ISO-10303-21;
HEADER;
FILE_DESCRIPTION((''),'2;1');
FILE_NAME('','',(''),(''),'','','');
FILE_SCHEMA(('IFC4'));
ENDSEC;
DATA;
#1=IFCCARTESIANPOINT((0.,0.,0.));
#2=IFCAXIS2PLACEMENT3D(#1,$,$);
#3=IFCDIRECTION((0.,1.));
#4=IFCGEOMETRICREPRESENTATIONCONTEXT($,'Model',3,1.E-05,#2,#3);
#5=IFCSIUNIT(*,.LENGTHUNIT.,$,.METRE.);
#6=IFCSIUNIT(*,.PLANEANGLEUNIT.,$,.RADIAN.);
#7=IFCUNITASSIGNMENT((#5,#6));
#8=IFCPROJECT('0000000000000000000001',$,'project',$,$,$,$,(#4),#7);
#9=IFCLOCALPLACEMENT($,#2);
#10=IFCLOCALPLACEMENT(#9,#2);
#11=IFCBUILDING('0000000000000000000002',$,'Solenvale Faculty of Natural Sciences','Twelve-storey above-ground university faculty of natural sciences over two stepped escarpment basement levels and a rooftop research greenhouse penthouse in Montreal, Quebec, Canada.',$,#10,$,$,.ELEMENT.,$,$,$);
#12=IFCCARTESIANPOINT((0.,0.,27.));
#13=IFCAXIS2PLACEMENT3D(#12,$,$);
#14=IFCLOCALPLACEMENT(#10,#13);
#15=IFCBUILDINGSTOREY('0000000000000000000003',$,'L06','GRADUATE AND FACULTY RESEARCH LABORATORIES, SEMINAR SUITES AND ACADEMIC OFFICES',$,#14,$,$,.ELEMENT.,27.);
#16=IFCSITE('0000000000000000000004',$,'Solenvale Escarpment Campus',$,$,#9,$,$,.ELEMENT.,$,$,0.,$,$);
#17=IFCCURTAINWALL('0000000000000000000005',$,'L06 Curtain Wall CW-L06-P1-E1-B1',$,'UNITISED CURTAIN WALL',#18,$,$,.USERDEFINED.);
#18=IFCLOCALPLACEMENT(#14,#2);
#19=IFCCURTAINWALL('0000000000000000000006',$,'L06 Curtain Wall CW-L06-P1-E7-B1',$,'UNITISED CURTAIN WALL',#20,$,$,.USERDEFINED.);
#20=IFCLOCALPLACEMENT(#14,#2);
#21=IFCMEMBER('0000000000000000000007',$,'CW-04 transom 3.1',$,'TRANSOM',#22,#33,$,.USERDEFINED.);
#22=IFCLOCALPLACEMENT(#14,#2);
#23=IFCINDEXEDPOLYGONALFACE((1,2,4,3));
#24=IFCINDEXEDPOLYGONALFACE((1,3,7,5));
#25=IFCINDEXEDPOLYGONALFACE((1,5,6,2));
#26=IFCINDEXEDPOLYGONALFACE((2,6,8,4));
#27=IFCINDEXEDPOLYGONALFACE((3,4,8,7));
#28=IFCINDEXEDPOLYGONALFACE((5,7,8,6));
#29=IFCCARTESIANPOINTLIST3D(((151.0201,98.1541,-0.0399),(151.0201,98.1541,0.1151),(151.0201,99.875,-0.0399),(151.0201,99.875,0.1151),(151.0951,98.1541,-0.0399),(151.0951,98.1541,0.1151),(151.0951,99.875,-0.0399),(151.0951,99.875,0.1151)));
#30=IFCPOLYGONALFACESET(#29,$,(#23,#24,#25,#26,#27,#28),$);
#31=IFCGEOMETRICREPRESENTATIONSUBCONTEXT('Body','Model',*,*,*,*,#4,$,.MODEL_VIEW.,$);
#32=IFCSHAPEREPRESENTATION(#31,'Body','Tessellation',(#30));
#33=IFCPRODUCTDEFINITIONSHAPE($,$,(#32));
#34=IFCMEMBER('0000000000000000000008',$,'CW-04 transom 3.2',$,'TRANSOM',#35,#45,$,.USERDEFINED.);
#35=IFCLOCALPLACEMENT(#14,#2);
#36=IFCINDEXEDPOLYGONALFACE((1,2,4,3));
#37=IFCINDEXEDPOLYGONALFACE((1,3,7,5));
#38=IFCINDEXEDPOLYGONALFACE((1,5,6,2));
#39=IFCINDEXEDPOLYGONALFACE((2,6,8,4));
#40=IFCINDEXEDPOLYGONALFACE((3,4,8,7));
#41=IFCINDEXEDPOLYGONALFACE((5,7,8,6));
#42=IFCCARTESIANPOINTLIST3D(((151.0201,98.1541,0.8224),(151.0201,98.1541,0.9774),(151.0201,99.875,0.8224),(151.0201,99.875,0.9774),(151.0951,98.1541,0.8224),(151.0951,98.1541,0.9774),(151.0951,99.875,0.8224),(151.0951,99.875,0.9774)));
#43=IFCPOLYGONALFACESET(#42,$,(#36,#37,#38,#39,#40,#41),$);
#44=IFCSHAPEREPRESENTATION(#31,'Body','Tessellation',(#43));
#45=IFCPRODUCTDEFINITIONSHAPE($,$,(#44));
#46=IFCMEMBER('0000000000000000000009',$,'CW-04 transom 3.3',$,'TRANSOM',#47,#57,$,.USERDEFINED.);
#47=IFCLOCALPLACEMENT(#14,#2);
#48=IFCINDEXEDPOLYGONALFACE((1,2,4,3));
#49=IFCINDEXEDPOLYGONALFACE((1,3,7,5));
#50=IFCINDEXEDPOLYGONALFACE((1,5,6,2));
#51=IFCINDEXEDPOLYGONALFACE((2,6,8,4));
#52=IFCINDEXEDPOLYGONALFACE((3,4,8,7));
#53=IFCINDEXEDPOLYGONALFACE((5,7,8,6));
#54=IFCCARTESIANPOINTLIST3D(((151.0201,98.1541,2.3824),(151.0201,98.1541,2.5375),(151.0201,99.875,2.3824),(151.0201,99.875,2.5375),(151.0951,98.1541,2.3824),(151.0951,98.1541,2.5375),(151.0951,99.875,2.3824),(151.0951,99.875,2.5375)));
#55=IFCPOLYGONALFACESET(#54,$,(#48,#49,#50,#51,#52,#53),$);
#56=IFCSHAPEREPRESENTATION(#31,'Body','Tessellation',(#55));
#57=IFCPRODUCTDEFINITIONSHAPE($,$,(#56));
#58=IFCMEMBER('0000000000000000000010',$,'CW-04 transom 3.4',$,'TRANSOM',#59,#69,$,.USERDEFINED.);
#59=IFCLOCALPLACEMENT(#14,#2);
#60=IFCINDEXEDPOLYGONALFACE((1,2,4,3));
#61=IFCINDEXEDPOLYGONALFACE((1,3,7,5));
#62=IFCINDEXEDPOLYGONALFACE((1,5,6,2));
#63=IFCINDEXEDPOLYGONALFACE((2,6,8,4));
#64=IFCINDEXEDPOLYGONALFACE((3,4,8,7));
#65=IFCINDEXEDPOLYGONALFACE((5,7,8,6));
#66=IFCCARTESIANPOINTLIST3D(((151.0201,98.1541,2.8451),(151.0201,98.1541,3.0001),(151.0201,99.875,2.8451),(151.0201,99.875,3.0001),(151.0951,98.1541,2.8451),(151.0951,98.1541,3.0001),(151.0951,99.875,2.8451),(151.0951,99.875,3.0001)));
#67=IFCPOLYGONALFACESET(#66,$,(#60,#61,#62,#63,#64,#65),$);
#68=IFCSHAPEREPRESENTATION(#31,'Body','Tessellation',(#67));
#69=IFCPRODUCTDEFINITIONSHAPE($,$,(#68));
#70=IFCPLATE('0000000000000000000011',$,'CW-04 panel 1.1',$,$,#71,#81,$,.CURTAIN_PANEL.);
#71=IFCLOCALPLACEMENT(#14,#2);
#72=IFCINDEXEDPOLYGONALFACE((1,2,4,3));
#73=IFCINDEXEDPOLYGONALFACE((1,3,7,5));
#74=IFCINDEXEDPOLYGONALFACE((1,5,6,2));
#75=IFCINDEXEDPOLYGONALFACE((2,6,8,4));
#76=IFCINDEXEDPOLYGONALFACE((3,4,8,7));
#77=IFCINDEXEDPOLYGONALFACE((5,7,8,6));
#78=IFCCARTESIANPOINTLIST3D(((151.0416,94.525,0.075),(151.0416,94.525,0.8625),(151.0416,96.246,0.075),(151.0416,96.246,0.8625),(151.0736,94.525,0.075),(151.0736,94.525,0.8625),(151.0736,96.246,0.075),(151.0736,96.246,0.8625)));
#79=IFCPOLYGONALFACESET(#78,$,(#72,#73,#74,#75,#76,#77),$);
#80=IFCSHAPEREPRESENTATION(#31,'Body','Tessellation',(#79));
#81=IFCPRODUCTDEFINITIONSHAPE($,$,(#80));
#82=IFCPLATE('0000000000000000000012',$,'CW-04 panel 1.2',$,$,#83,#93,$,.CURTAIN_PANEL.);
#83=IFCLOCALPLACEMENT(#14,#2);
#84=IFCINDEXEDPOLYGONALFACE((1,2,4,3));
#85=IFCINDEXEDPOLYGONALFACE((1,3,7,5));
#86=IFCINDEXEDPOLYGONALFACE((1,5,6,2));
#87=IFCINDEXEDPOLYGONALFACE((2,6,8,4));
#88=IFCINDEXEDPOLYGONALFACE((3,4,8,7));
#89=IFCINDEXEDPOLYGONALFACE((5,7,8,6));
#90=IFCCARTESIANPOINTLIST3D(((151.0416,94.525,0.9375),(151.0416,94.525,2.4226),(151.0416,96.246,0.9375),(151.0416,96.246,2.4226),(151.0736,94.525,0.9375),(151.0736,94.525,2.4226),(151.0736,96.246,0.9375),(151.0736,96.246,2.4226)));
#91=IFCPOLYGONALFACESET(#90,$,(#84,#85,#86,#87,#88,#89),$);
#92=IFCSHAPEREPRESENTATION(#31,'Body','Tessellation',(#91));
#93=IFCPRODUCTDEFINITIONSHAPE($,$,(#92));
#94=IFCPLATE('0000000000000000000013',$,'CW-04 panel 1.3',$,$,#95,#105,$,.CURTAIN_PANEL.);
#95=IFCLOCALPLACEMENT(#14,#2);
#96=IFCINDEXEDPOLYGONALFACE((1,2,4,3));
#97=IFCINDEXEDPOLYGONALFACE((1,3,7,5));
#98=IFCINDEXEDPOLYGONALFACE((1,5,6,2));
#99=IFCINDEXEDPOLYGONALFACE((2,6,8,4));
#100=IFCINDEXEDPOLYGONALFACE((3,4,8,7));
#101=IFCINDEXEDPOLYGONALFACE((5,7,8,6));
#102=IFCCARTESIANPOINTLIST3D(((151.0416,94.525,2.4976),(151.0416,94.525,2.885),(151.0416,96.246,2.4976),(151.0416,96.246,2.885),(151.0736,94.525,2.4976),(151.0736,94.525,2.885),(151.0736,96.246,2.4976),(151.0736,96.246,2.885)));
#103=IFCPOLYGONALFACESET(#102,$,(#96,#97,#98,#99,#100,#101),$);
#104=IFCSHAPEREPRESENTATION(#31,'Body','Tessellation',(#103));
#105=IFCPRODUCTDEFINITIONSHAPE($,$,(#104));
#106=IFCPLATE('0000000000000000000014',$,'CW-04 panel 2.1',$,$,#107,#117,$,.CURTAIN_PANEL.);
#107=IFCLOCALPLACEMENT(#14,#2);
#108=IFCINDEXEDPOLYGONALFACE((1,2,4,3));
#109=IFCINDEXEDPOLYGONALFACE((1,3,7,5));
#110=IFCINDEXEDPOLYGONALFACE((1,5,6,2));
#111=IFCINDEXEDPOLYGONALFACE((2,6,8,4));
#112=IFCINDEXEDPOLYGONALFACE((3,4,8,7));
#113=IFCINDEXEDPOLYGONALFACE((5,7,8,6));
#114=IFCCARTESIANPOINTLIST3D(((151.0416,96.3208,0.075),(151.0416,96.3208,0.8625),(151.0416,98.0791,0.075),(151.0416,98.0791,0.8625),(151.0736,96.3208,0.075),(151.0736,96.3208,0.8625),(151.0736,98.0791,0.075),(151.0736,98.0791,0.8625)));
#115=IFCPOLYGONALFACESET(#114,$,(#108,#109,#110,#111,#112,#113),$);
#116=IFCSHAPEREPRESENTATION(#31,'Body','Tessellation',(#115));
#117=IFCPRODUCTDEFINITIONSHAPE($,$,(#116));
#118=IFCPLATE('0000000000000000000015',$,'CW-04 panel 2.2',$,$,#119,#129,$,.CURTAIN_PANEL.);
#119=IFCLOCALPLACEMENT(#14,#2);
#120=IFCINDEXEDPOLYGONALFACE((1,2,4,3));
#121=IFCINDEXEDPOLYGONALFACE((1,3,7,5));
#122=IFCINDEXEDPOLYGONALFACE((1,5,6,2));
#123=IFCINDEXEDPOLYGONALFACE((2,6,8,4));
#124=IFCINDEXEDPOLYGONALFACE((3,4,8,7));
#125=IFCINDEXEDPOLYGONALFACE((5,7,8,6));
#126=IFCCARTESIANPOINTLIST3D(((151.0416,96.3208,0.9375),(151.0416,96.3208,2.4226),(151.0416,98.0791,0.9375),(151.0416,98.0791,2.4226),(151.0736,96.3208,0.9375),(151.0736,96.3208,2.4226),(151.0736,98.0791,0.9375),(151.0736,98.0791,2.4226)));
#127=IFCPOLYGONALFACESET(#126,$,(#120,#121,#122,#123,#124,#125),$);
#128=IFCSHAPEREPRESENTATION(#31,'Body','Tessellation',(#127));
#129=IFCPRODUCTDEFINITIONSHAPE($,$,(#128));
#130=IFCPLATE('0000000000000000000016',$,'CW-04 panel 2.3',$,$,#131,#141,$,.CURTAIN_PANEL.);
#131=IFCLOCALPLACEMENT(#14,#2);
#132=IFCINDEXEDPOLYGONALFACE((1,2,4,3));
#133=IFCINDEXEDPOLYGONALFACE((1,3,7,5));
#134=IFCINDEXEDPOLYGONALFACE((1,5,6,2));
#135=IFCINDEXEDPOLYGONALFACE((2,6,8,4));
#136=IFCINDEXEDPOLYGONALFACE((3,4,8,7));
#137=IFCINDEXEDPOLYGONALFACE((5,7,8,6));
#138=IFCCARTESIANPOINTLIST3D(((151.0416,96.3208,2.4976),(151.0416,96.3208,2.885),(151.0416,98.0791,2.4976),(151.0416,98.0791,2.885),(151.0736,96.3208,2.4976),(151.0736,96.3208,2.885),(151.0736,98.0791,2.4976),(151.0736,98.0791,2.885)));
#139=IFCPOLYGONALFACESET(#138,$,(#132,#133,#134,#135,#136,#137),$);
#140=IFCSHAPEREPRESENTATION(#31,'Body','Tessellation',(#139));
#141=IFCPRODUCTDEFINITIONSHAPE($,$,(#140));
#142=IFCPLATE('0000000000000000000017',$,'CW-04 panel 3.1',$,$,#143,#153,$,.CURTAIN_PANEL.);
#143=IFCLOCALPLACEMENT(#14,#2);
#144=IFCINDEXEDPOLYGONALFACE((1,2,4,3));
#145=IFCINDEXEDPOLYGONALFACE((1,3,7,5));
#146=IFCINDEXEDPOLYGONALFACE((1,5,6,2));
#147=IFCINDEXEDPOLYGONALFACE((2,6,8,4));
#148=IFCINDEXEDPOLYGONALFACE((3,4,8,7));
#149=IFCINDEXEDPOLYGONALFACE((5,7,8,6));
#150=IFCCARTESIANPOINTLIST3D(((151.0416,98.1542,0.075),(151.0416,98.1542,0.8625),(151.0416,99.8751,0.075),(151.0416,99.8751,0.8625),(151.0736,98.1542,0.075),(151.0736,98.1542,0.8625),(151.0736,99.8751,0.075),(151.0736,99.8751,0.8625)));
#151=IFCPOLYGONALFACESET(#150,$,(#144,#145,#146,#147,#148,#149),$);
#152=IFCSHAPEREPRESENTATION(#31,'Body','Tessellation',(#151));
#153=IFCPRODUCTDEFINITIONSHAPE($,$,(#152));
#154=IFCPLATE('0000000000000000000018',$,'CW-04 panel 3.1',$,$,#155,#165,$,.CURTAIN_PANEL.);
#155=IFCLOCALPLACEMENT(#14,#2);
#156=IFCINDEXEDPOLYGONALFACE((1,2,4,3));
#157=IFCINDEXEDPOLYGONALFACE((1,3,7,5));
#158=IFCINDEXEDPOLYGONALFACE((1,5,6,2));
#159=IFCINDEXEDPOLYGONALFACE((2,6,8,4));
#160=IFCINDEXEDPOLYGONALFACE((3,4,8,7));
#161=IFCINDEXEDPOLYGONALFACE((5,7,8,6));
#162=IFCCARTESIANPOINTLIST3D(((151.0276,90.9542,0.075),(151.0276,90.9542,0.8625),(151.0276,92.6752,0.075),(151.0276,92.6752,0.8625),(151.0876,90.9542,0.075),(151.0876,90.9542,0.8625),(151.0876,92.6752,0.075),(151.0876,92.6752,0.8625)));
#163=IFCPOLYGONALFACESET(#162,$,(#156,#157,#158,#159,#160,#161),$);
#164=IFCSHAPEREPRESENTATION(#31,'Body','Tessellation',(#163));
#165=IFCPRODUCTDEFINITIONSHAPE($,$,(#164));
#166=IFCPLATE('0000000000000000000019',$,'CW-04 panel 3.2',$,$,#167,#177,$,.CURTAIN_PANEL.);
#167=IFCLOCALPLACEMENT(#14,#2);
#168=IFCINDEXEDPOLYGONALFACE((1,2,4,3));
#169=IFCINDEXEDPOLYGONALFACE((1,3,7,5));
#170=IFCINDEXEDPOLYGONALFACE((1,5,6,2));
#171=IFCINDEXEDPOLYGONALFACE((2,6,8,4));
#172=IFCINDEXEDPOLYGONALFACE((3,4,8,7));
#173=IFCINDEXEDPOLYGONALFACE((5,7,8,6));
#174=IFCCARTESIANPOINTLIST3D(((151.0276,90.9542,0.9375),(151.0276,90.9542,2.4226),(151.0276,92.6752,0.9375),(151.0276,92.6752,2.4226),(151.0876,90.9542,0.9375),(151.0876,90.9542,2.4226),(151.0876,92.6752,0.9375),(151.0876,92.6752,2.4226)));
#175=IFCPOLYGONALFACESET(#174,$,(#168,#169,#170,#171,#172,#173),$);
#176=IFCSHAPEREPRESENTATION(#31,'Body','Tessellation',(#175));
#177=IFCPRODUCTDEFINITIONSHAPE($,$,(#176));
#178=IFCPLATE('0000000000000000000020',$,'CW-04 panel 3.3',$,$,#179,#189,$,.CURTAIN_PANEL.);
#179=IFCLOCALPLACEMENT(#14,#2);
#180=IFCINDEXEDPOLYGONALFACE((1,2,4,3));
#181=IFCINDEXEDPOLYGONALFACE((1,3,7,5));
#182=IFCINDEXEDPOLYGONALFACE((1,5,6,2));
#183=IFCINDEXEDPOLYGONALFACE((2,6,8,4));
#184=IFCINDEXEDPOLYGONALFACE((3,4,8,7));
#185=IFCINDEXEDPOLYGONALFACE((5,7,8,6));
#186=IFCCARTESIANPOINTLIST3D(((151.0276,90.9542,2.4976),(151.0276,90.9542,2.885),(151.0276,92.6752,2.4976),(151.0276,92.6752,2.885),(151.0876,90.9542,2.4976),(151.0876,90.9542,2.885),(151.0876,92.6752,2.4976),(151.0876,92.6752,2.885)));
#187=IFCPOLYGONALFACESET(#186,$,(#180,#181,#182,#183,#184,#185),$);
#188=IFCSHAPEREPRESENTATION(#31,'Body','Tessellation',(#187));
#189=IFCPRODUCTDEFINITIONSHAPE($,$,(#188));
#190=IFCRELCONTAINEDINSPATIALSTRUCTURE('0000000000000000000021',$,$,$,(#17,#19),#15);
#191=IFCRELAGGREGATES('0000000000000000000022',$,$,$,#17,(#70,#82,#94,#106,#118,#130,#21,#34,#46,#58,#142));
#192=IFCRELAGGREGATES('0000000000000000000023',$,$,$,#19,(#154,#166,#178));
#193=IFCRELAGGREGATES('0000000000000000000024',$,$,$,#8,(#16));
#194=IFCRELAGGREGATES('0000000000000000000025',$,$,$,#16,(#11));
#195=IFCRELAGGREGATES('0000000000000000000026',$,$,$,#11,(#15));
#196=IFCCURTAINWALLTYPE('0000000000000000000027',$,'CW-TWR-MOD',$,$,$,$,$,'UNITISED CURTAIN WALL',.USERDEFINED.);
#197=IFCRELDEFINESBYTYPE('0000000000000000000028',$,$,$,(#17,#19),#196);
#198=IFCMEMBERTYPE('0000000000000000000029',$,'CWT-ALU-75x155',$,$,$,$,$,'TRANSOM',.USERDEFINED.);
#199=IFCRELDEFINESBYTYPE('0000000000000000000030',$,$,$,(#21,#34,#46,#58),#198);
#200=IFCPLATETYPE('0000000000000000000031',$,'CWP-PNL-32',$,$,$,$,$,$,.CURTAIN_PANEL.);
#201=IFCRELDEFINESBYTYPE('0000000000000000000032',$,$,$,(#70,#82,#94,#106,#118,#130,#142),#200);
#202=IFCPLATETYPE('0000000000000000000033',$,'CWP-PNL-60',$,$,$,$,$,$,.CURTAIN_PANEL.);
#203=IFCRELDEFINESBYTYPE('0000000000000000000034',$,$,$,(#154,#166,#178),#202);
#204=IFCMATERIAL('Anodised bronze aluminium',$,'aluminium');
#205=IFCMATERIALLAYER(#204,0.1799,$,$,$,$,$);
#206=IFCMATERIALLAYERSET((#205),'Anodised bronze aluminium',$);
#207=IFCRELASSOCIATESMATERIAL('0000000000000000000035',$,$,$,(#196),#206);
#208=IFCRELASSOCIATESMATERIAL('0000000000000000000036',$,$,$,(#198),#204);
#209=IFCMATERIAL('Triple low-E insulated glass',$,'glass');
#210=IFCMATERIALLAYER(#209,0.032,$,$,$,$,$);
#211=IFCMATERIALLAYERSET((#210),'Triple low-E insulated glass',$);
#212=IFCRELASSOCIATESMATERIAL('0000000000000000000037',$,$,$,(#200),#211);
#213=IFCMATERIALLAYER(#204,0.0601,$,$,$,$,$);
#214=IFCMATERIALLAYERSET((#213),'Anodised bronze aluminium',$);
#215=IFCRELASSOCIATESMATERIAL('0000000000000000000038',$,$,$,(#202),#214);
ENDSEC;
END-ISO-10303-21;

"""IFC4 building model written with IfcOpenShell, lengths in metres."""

from ifc_helpers import new_model, si_unit, direction, frame, origin, origin_2d, place, context, subcontext, project, spatial, rectangle, extrude, material, layer, layer_set, material_profile, profile_set, type_object, element, aggregate, save


model = new_model("IFC4")

# Units and contexts
model_context = context("Model", 3, precision=1e-05, world=origin(), true_north=direction((0.0, 1.0)))
body_context = subcontext(model_context, "Body", "Model", "MODEL_VIEW")
ifc_project = project(units=[si_unit("LENGTHUNIT", "METRE"), si_unit("PLANEANGLEUNIT", "RADIAN")], contexts=[model_context])

# Site, building, storey
site_placement = place(None, origin())
site = spatial("IfcSite", under=ifc_project, at=site_placement, Name="Solenvale Escarpment Campus", CompositionType="ELEMENT", RefElevation=0.0)
building_placement = place(site_placement, origin())
building = spatial("IfcBuilding", under=site, at=building_placement, Name="Solenvale Faculty of Natural Sciences", Description="Twelve-storey above-ground university faculty of natural sciences over two stepped escarpment basement levels and a rooftop research greenhouse penthouse in Montreal, Quebec, Canada.", CompositionType="ELEMENT")
storey_placement = place(building_placement, frame((0.0, 0.0, 27.0)))
storey = spatial("IfcBuildingStorey", under=building, at=storey_placement, Name="L06", Description="GRADUATE AND FACULTY RESEARCH LABORATORIES, SEMINAR SUITES AND ACADEMIC OFFICES", CompositionType="ELEMENT", Elevation=27.0)

# Curtain wall
ifc_material_1 = material(Name="Anodised bronze aluminium", Category="aluminium")
ifc_layer_1 = layer(ifc_material_1, 0.1799)
ifc_layer_set_1 = layer_set([ifc_layer_1], Name="Anodised bronze aluminium")
curtain_wall_type = type_object("IfcCurtainWallType", Name="CW-TWR-MOD", ElementType="UNITISED CURTAIN WALL", PredefinedType="USERDEFINED", material=ifc_layer_set_1)
curtain_wall_1_placement = place(storey_placement, origin())
curtain_wall_1 = element("IfcCurtainWall", 1, at=curtain_wall_1_placement, inside=storey, type_object=curtain_wall_type, Name="L06 Curtain Wall CW-L06-P1-E1-B1", ObjectType="UNITISED CURTAIN WALL", PredefinedType="USERDEFINED")

# Curtain wall
curtain_wall_2_placement = place(storey_placement, origin())
curtain_wall_2 = element("IfcCurtainWall", 2, at=curtain_wall_2_placement, inside=storey, type_object=curtain_wall_type, Name="L06 Curtain Wall CW-L06-P1-E7-B1", ObjectType="UNITISED CURTAIN WALL", PredefinedType="USERDEFINED")

# Members
ifc_material_profile_1 = material_profile(ifc_material_1, rectangle(XDim=0.075, YDim=0.155, at=origin_2d()), Name="ALU-TRN-75x155")
ifc_profile_set_1 = profile_set([ifc_material_profile_1], Name="Anodised bronze aluminium")
member_type_1 = type_object("IfcMemberType", Name="CWT-ALU-75x155", ElementType="TRANSOM", PredefinedType="USERDEFINED", material=ifc_profile_set_1)
member_1_placement = place(storey_placement, frame((151.0576, 98.1541, 0.0376), z_axis=(0.0, 1.0, 0.0), x_axis=(-1.0, 0.0, 0.0)))
member_1 = element("IfcMember", 3, at=member_1_placement, type_object=member_type_1, Name="CW-04 transom 3.1", ObjectType="TRANSOM", PredefinedType="USERDEFINED", context=body_context, shape_type="SweptSolid", body=[
    extrude(rectangle(XDim=0.075, YDim=0.155, at=origin_2d()), origin(), (0.0, 0.0, 1.0), 1.7209),
])
member_2_placement = place(storey_placement, frame((151.0576, 98.1541, 0.8999), z_axis=(0.0, 1.0, 0.0), x_axis=(-1.0, 0.0, 0.0)))
member_2 = element("IfcMember", 4, at=member_2_placement, type_object=member_type_1, Name="CW-04 transom 3.2", ObjectType="TRANSOM", PredefinedType="USERDEFINED", context=body_context, shape_type="SweptSolid", body=[
    extrude(rectangle(XDim=0.075, YDim=0.155, at=origin_2d()), origin(), (0.0, 0.0, 1.0), 1.7209),
])
member_3_placement = place(storey_placement, frame((151.0576, 98.1541, 2.46), z_axis=(0.0, 1.0, 0.0), x_axis=(-1.0, 0.0, 0.0)))
member_3 = element("IfcMember", 5, at=member_3_placement, type_object=member_type_1, Name="CW-04 transom 3.3", ObjectType="TRANSOM", PredefinedType="USERDEFINED", context=body_context, shape_type="SweptSolid", body=[
    extrude(rectangle(XDim=0.075, YDim=0.155, at=origin_2d()), origin(), (0.0, 0.0, 1.0), 1.7209),
])
member_4_placement = place(storey_placement, frame((151.0576, 98.1541, 2.9226), z_axis=(0.0, 1.0, 0.0), x_axis=(-1.0, 0.0, 0.0)))
member_4 = element("IfcMember", 6, at=member_4_placement, type_object=member_type_1, Name="CW-04 transom 3.4", ObjectType="TRANSOM", PredefinedType="USERDEFINED", context=body_context, shape_type="SweptSolid", body=[
    extrude(rectangle(XDim=0.075, YDim=0.155, at=origin_2d()), origin(), (0.0, 0.0, 1.0), 1.7209),
])

# Plates
ifc_material_2 = material(Name="Triple low-E insulated glass", Category="glass")
ifc_layer_2 = layer(ifc_material_2, 0.032)
ifc_layer_set_2 = layer_set([ifc_layer_2], Name="Triple low-E insulated glass")
plate_type_1 = type_object("IfcPlateType", Name="CWP-PNL-32", PredefinedType="CURTAIN_PANEL", material=ifc_layer_set_2)
plate_1_placement = place(storey_placement, frame((151.0576, 95.3855, 0.075), z_axis=(0.0, 0.0, 1.0), x_axis=(0.0, 1.0, 0.0)))
plate_1 = element("IfcPlate", 7, at=plate_1_placement, type_object=plate_type_1, Name="CW-04 panel 1.1", PredefinedType="CURTAIN_PANEL", context=body_context, shape_type="SweptSolid", body=[
    extrude(rectangle(XDim=1.7209, YDim=0.032, at=origin_2d()), origin(), (0.0, 0.0, 1.0), 0.7876),
])
plate_2_placement = place(storey_placement, frame((151.0576, 95.3855, 0.9375), z_axis=(0.0, 0.0, 1.0), x_axis=(0.0, 1.0, 0.0)))
plate_2 = element("IfcPlate", 8, at=plate_2_placement, type_object=plate_type_1, Name="CW-04 panel 1.2", PredefinedType="CURTAIN_PANEL", context=body_context, shape_type="SweptSolid", body=[
    extrude(rectangle(XDim=1.7209, YDim=0.032, at=origin_2d()), origin(), (0.0, 0.0, 1.0), 1.4851),
])
plate_3_placement = place(storey_placement, frame((151.0576, 95.3855, 2.4976), z_axis=(0.0, 0.0, 1.0), x_axis=(0.0, 1.0, 0.0)))
plate_3 = element("IfcPlate", 9, at=plate_3_placement, type_object=plate_type_1, Name="CW-04 panel 1.3", PredefinedType="CURTAIN_PANEL", context=body_context, shape_type="SweptSolid", body=[
    extrude(rectangle(XDim=1.7209, YDim=0.032, at=origin_2d()), origin(), (0.0, 0.0, 1.0), 0.3875),
])
plate_4_placement = place(storey_placement, frame((151.0576, 97.2, 0.075), z_axis=(0.0, 0.0, 1.0), x_axis=(0.0, 1.0, 0.0)))
plate_4 = element("IfcPlate", 10, at=plate_4_placement, type_object=plate_type_1, Name="CW-04 panel 2.1", PredefinedType="CURTAIN_PANEL", context=body_context, shape_type="SweptSolid", body=[
    extrude(rectangle(XDim=1.7583, YDim=0.032, at=origin_2d()), origin(), (0.0, 0.0, 1.0), 0.7876),
])
plate_5_placement = place(storey_placement, frame((151.0576, 97.2, 0.9375), z_axis=(0.0, 0.0, 1.0), x_axis=(0.0, 1.0, 0.0)))
plate_5 = element("IfcPlate", 11, at=plate_5_placement, type_object=plate_type_1, Name="CW-04 panel 2.2", PredefinedType="CURTAIN_PANEL", context=body_context, shape_type="SweptSolid", body=[
    extrude(rectangle(XDim=1.7583, YDim=0.032, at=origin_2d()), origin(), (0.0, 0.0, 1.0), 1.4851),
])
plate_6_placement = place(storey_placement, frame((151.0576, 97.2, 2.4976), z_axis=(0.0, 0.0, 1.0), x_axis=(0.0, 1.0, 0.0)))
plate_6 = element("IfcPlate", 12, at=plate_6_placement, type_object=plate_type_1, Name="CW-04 panel 2.3", PredefinedType="CURTAIN_PANEL", context=body_context, shape_type="SweptSolid", body=[
    extrude(rectangle(XDim=1.7583, YDim=0.032, at=origin_2d()), origin(), (0.0, 0.0, 1.0), 0.3875),
])
plate_7_placement = place(storey_placement, frame((151.0576, 99.0146, 0.075), z_axis=(0.0, 0.0, 1.0), x_axis=(0.0, 1.0, 0.0)))
plate_7 = element("IfcPlate", 13, at=plate_7_placement, type_object=plate_type_1, Name="CW-04 panel 3.1", PredefinedType="CURTAIN_PANEL", context=body_context, shape_type="SweptSolid", body=[
    extrude(rectangle(XDim=1.7209, YDim=0.032, at=origin_2d()), origin(), (0.0, 0.0, 1.0), 0.7876),
])
aggregate(curtain_wall_1, [plate_1, plate_2, plate_3, plate_4, plate_5, plate_6, member_1, member_2, member_3, member_4, plate_7])
ifc_layer_3 = layer(ifc_material_1, 0.0601)
ifc_layer_set_3 = layer_set([ifc_layer_3], Name="Anodised bronze aluminium")
plate_type_2 = type_object("IfcPlateType", Name="CWP-PNL-60", PredefinedType="CURTAIN_PANEL", material=ifc_layer_set_3)
plate_8_placement = place(storey_placement, frame((151.0576, 91.8147, 0.075), z_axis=(0.0, 0.0, 1.0), x_axis=(0.0, 1.0, 0.0)))
plate_8 = element("IfcPlate", 14, at=plate_8_placement, type_object=plate_type_2, Name="CW-04 panel 3.1", PredefinedType="CURTAIN_PANEL", context=body_context, shape_type="SweptSolid", body=[
    extrude(rectangle(XDim=1.7209, YDim=0.0601, at=origin_2d()), origin(), (0.0, 0.0, 1.0), 0.7876),
])
plate_9_placement = place(storey_placement, frame((151.0576, 91.8147, 0.9375), z_axis=(0.0, 0.0, 1.0), x_axis=(0.0, 1.0, 0.0)))
plate_9 = element("IfcPlate", 15, at=plate_9_placement, type_object=plate_type_2, Name="CW-04 panel 3.2", PredefinedType="CURTAIN_PANEL", context=body_context, shape_type="SweptSolid", body=[
    extrude(rectangle(XDim=1.7209, YDim=0.0601, at=origin_2d()), origin(), (0.0, 0.0, 1.0), 1.4851),
])
plate_10_placement = place(storey_placement, frame((151.0576, 91.8147, 2.4976), z_axis=(0.0, 0.0, 1.0), x_axis=(0.0, 1.0, 0.0)))
plate_10 = element("IfcPlate", 16, at=plate_10_placement, type_object=plate_type_2, Name="CW-04 panel 3.3", PredefinedType="CURTAIN_PANEL", context=body_context, shape_type="SweptSolid", body=[
    extrude(rectangle(XDim=1.7209, YDim=0.0601, at=origin_2d()), origin(), (0.0, 0.0, 1.0), 0.3875),
])
aggregate(curtain_wall_2, [plate_8, plate_9, plate_10])

save(model, "model.ifc")
